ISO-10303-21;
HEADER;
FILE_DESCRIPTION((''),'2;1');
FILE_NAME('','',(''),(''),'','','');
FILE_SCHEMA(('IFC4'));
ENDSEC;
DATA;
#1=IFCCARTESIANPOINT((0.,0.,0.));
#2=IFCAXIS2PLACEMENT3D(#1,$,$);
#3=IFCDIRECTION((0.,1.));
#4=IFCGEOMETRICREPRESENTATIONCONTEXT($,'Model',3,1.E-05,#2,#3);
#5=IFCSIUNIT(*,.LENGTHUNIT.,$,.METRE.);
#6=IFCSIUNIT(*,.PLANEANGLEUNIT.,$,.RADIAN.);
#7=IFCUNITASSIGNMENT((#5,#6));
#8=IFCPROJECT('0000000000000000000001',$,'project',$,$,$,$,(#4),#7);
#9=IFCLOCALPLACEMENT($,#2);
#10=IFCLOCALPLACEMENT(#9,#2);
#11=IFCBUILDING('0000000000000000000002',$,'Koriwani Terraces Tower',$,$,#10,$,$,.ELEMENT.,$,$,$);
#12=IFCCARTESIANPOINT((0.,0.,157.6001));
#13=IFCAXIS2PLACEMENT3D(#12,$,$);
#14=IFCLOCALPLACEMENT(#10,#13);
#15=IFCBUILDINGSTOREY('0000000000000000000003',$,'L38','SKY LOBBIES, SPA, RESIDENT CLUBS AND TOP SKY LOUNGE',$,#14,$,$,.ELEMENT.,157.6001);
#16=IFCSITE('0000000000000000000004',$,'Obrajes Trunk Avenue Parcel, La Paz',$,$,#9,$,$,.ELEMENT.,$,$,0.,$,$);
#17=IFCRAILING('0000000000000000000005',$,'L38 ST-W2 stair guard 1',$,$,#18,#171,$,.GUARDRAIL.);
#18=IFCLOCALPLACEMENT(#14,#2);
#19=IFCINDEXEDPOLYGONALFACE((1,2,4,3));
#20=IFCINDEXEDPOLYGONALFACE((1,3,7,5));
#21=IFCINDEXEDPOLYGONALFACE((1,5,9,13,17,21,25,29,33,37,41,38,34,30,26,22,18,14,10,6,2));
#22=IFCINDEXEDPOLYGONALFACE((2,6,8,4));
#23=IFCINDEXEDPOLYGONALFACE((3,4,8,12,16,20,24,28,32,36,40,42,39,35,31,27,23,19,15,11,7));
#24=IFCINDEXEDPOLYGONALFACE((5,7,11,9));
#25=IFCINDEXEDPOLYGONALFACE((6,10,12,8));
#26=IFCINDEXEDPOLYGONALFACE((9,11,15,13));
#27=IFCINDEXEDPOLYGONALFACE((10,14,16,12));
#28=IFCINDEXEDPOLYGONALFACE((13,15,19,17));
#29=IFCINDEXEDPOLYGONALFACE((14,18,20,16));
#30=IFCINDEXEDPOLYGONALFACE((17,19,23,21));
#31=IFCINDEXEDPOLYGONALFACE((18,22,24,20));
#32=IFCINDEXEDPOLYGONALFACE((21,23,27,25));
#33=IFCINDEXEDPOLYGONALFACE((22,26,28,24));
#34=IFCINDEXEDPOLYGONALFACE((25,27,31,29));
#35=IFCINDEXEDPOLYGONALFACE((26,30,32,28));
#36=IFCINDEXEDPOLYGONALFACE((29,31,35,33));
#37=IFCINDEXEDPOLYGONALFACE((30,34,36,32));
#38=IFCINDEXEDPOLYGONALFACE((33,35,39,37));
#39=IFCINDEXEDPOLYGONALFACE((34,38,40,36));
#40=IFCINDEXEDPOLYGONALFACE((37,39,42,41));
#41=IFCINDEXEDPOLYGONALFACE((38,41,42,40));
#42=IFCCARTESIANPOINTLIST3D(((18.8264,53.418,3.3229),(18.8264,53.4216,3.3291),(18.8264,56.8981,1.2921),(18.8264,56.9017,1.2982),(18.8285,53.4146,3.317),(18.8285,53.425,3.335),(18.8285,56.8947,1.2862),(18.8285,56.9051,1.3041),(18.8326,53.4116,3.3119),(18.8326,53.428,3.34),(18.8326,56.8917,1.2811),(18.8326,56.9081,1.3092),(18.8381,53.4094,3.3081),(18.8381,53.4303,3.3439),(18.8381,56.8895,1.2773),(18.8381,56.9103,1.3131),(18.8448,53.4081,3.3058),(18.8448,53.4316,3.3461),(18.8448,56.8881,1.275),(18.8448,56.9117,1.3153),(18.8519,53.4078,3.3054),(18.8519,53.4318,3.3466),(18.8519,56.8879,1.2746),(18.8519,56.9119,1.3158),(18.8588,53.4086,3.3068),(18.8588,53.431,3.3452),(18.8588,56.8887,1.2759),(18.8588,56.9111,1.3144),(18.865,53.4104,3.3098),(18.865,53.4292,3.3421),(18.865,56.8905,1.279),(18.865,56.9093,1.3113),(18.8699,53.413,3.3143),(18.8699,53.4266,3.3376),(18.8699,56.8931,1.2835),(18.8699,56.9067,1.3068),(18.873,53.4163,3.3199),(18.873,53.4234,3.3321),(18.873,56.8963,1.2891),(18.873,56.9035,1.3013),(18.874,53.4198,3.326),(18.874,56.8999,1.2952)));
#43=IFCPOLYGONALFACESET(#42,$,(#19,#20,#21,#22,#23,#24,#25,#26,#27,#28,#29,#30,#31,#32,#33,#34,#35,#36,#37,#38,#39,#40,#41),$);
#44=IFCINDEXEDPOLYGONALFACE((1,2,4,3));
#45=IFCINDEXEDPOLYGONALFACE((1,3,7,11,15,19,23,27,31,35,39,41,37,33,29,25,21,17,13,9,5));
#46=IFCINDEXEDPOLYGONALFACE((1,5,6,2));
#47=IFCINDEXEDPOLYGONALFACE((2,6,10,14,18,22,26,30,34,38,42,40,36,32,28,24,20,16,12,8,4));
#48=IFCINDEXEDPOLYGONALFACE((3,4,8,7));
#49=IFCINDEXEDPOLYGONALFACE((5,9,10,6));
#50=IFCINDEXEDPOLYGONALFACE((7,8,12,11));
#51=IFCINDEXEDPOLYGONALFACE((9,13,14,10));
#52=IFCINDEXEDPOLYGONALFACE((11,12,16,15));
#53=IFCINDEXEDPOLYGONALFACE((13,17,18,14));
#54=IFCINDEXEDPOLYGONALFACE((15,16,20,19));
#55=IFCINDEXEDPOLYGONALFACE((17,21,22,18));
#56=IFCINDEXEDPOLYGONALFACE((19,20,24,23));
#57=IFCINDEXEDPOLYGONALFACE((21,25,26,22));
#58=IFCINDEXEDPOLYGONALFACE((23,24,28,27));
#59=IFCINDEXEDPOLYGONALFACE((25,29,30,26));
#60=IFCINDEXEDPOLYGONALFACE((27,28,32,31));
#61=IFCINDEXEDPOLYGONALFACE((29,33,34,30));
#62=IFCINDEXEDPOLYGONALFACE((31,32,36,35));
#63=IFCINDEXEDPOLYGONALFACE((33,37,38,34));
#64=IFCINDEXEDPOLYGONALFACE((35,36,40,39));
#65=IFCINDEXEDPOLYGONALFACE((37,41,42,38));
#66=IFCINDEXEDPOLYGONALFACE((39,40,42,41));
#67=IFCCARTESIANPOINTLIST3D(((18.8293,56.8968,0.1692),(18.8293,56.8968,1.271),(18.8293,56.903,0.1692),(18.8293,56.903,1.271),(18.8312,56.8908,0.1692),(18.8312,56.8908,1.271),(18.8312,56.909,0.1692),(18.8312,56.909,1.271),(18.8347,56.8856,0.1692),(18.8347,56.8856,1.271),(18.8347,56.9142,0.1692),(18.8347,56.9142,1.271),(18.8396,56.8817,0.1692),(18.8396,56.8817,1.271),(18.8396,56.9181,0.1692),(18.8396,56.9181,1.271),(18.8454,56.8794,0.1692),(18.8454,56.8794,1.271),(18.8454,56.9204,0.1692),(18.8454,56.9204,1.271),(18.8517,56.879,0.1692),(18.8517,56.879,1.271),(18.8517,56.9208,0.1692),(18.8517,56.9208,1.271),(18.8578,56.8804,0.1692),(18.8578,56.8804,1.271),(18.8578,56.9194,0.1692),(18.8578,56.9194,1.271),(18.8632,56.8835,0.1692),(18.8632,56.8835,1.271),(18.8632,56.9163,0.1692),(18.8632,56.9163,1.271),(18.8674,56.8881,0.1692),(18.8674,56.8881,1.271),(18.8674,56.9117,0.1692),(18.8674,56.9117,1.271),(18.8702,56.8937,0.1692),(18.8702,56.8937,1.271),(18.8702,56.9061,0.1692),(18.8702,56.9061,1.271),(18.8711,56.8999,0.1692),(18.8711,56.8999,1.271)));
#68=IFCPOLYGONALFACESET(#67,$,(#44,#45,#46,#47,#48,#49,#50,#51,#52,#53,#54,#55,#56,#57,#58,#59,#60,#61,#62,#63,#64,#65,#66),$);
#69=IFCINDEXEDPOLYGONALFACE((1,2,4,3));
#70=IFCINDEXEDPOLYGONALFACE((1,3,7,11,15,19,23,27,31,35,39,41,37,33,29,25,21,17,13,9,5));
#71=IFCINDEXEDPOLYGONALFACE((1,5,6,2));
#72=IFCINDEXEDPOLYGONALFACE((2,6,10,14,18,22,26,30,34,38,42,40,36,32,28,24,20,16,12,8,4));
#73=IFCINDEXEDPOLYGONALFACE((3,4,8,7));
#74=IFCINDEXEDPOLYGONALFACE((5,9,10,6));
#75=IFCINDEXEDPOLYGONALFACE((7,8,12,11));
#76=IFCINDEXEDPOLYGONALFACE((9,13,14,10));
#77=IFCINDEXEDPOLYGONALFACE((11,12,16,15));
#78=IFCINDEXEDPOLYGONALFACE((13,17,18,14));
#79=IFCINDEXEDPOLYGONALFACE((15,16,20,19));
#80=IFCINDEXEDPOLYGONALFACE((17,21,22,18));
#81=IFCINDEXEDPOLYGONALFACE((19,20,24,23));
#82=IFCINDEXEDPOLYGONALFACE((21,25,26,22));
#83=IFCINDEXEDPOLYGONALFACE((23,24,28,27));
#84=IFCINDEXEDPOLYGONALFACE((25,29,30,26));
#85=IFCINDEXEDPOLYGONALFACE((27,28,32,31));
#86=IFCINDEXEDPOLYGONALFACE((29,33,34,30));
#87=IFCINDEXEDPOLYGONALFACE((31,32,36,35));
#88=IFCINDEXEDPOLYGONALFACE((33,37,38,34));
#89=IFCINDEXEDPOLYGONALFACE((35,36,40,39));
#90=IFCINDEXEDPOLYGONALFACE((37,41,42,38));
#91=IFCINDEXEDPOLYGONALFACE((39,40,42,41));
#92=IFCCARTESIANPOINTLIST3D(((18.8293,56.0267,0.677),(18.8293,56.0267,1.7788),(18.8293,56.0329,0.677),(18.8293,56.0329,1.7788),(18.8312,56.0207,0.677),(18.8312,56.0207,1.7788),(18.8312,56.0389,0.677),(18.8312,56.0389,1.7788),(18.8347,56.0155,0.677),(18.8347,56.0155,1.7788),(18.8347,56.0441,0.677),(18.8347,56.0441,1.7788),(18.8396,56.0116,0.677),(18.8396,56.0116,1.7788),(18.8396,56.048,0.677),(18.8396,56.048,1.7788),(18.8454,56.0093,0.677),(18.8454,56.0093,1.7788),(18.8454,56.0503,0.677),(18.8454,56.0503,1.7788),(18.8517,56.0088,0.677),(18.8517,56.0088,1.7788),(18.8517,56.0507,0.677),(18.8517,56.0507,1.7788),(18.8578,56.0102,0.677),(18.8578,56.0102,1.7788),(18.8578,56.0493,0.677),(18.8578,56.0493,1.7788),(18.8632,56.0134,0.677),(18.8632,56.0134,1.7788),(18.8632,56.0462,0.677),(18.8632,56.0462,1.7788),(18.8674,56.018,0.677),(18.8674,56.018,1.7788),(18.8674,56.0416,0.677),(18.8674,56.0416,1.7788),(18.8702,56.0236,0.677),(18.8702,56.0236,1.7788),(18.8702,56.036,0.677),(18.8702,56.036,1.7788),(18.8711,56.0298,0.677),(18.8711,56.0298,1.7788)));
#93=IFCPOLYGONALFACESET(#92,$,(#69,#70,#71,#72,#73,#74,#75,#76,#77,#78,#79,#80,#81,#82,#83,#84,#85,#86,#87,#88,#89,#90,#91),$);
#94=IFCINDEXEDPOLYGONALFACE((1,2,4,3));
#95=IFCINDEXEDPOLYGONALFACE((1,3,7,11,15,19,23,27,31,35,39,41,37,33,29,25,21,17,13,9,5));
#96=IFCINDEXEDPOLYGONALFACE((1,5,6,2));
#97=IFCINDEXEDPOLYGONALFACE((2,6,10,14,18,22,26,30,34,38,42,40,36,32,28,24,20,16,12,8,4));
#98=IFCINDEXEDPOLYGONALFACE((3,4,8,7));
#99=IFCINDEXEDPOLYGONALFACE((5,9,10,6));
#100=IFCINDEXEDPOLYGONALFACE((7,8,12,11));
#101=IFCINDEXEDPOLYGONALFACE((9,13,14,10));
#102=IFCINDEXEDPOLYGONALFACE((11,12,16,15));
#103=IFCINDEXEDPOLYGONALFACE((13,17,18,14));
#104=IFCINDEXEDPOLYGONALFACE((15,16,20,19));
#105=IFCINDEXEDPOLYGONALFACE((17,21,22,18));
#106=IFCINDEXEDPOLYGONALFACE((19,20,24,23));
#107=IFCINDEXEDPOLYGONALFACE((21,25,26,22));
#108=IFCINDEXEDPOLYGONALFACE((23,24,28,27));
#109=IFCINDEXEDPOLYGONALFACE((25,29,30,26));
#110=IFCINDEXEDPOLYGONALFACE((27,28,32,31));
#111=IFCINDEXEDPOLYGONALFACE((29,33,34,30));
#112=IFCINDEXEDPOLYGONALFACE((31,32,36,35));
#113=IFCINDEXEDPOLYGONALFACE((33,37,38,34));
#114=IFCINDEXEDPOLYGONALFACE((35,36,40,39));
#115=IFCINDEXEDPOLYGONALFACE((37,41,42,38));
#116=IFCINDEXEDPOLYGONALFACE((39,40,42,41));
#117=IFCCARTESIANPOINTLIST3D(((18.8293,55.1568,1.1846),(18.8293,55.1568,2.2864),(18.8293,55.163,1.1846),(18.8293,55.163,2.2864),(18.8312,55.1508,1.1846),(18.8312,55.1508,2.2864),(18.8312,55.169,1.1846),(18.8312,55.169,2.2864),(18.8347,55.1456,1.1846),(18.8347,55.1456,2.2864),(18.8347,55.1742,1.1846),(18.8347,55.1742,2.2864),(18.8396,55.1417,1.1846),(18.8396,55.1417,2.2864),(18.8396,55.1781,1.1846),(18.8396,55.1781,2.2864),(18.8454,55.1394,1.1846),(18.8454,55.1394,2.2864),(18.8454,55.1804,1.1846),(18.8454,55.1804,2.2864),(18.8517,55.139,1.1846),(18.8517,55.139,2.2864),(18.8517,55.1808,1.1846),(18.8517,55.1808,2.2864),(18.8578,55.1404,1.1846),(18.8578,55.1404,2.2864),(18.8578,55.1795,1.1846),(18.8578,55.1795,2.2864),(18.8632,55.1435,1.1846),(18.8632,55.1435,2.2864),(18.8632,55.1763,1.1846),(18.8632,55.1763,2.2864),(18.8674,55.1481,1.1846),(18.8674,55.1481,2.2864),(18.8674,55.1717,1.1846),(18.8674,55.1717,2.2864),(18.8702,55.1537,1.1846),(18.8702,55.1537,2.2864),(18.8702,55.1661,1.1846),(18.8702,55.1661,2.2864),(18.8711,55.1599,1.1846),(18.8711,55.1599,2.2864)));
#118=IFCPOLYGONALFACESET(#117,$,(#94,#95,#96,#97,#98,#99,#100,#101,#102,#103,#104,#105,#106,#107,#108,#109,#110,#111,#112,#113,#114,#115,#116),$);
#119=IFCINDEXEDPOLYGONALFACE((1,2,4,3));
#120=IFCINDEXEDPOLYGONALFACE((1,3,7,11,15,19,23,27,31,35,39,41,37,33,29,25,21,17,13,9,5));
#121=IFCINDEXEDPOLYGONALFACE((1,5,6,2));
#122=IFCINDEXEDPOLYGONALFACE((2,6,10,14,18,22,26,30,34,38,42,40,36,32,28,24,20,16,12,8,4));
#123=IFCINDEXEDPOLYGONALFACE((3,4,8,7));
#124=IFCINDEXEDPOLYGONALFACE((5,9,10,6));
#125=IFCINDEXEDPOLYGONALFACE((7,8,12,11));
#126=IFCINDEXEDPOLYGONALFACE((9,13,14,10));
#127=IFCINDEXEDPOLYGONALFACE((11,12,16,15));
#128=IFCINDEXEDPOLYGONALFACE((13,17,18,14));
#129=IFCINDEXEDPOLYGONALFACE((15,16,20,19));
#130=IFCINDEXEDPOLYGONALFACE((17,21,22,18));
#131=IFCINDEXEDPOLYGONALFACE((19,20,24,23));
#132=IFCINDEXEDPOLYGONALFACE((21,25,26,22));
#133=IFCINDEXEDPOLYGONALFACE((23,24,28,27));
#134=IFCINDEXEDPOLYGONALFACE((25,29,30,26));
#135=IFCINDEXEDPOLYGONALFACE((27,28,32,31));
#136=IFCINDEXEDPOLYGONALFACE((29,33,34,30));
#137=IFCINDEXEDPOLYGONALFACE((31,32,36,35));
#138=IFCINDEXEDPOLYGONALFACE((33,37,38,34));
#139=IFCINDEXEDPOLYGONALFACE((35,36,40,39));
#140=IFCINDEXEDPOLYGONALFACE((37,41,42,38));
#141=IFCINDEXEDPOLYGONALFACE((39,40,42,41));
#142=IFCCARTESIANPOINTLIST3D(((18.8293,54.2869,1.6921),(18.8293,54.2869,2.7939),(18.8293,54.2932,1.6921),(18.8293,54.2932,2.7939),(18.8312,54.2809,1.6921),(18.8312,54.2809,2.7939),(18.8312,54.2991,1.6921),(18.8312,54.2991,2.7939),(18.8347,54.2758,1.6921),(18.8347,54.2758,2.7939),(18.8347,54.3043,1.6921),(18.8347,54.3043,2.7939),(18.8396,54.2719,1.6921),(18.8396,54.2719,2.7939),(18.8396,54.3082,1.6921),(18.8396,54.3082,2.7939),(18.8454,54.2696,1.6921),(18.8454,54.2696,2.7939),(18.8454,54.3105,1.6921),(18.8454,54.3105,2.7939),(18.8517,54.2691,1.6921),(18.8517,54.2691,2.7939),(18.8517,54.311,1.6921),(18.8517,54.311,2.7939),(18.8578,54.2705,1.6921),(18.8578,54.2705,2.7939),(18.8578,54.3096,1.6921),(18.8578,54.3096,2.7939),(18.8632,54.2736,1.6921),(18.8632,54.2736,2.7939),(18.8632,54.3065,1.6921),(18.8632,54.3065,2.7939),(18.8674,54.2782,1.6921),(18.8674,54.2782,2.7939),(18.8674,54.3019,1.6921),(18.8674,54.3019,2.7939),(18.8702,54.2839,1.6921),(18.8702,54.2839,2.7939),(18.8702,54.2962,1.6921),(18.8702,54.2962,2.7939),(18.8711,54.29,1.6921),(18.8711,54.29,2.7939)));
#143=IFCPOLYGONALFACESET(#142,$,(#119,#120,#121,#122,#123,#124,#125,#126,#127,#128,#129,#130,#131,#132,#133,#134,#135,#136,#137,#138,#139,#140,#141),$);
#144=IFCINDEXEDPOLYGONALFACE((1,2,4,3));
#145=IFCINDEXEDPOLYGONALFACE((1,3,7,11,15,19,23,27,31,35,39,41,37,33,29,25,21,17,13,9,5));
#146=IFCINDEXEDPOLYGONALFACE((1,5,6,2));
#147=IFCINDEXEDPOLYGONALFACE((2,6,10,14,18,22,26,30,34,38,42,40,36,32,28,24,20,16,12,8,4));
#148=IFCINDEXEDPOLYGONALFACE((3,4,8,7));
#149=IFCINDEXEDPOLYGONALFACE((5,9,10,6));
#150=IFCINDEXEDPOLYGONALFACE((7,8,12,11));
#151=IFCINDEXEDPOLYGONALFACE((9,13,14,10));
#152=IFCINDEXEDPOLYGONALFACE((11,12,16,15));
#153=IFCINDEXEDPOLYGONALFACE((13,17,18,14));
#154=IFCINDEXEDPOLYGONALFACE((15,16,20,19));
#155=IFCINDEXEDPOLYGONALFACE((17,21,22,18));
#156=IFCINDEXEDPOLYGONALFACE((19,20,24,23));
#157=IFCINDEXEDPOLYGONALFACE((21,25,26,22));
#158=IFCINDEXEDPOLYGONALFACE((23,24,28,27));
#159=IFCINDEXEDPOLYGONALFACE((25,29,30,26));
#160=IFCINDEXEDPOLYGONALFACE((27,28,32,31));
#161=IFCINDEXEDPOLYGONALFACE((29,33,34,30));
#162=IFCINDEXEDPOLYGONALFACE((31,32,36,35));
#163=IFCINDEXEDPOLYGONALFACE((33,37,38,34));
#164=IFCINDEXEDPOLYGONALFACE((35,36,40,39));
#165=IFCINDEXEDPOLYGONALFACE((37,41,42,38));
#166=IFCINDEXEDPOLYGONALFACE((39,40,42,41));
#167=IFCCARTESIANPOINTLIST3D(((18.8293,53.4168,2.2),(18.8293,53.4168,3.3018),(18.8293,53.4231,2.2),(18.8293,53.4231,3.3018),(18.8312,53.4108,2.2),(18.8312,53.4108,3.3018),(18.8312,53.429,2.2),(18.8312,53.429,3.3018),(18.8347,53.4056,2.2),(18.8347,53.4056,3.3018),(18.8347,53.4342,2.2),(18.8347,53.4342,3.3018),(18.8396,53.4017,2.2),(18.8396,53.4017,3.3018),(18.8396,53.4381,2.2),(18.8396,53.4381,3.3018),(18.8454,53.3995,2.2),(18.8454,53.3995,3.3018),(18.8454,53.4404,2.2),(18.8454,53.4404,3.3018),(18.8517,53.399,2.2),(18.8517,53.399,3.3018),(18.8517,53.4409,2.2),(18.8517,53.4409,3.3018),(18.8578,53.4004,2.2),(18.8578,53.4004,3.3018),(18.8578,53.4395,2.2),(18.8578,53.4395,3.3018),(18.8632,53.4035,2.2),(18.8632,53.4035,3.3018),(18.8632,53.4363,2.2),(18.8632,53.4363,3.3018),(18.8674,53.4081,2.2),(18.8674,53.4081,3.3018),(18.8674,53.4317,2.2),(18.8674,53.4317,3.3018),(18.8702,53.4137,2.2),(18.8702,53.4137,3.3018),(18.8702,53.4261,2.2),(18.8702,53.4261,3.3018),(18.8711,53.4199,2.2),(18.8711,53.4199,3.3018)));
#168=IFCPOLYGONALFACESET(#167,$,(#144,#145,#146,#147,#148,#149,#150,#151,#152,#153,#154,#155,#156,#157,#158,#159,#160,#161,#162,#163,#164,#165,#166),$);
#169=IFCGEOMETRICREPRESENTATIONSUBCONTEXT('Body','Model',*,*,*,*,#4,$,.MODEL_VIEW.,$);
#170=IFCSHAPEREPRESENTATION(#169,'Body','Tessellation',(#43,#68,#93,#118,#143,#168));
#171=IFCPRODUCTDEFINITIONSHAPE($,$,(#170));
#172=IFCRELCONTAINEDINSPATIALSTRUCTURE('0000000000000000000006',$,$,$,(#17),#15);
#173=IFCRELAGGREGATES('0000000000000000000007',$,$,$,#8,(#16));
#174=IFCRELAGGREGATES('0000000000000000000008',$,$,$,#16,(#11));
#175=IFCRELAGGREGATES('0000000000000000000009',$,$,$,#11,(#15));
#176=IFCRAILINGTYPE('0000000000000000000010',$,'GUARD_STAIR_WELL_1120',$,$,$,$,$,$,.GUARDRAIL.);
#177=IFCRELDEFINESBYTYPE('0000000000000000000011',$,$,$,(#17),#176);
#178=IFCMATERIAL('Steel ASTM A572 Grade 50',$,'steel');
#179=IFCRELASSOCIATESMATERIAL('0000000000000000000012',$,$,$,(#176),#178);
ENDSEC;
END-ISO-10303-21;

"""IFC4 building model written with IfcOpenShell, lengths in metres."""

from ifc_helpers import new_model, si_unit, direction, frame, origin, origin_2d, place, context, subcontext, project, spatial, circle, extrude, material, type_object, element, save


model = new_model("IFC4")

# Units and contexts
model_context = context("Model", 3, precision=1e-05, world=origin(), true_north=direction((0.0, 1.0)))
body_context = subcontext(model_context, "Body", "Model", "MODEL_VIEW")
ifc_project = project(units=[si_unit("LENGTHUNIT", "METRE"), si_unit("PLANEANGLEUNIT", "RADIAN")], contexts=[model_context])

# Site, building, storey
site_placement = place(None, origin())
site = spatial("IfcSite", under=ifc_project, at=site_placement, Name="Obrajes Trunk Avenue Parcel, La Paz", CompositionType="ELEMENT", RefElevation=0.0)
building_placement = place(site_placement, origin())
building = spatial("IfcBuilding", under=site, at=building_placement, Name="Koriwani Terraces Tower", CompositionType="ELEMENT")
storey_placement = place(building_placement, frame((0.0, 0.0, 157.6001)))
storey = spatial("IfcBuildingStorey", under=building, at=storey_placement, Name="L38", Description="SKY LOBBIES, SPA, RESIDENT CLUBS AND TOP SKY LOUNGE", CompositionType="ELEMENT", Elevation=157.6001)

# Shared definitions
ifc_material_1 = material(Name="Steel ASTM A572 Grade 50", Category="steel")

# Railing
railing_type_1 = type_object("IfcRailingType", Name="GUARD_STAIR_WELL_1120", PredefinedType="GUARDRAIL", material=ifc_material_1)
for number, where, name in (
    (1, (18.8501, 56.8999, 0.1692), "L38 ST-W2 stair guard 1"),
):
    element("IfcRailing", number, at=place(storey_placement, frame(where)), inside=storey, type_object=railing_type_1, Name=name, PredefinedType="GUARDRAIL", context=body_context, shape_type="SweptSolid", body=[
        extrude(circle(Radius=0.0239, at=origin_2d()), frame((0.0, 0.0, 1.126), z_axis=(0.0, -0.863695, 0.504014), x_axis=(1.0, 0.0, 0.0)), (0.0, 0.0, 1.0), 4.0293),
        extrude(circle(Radius=0.021, at=origin_2d()), origin(), (0.0, 0.0, 1.0), 1.1018),
        extrude(circle(Radius=0.021, at=origin_2d()), frame((0.0, -0.8701, 0.5078)), (0.0, 0.0, 1.0), 1.1018),
        extrude(circle(Radius=0.021, at=origin_2d()), frame((0.0, -1.74, 1.0154)), (0.0, 0.0, 1.0), 1.1018),
        extrude(circle(Radius=0.021, at=origin_2d()), frame((0.0, -2.6099, 1.5229)), (0.0, 0.0, 1.0), 1.1018),
        extrude(circle(Radius=0.021, at=origin_2d()), frame((0.0, -3.48, 2.0308)), (0.0, 0.0, 1.0), 1.1018),
    ])

save(model, "model.ifc")
